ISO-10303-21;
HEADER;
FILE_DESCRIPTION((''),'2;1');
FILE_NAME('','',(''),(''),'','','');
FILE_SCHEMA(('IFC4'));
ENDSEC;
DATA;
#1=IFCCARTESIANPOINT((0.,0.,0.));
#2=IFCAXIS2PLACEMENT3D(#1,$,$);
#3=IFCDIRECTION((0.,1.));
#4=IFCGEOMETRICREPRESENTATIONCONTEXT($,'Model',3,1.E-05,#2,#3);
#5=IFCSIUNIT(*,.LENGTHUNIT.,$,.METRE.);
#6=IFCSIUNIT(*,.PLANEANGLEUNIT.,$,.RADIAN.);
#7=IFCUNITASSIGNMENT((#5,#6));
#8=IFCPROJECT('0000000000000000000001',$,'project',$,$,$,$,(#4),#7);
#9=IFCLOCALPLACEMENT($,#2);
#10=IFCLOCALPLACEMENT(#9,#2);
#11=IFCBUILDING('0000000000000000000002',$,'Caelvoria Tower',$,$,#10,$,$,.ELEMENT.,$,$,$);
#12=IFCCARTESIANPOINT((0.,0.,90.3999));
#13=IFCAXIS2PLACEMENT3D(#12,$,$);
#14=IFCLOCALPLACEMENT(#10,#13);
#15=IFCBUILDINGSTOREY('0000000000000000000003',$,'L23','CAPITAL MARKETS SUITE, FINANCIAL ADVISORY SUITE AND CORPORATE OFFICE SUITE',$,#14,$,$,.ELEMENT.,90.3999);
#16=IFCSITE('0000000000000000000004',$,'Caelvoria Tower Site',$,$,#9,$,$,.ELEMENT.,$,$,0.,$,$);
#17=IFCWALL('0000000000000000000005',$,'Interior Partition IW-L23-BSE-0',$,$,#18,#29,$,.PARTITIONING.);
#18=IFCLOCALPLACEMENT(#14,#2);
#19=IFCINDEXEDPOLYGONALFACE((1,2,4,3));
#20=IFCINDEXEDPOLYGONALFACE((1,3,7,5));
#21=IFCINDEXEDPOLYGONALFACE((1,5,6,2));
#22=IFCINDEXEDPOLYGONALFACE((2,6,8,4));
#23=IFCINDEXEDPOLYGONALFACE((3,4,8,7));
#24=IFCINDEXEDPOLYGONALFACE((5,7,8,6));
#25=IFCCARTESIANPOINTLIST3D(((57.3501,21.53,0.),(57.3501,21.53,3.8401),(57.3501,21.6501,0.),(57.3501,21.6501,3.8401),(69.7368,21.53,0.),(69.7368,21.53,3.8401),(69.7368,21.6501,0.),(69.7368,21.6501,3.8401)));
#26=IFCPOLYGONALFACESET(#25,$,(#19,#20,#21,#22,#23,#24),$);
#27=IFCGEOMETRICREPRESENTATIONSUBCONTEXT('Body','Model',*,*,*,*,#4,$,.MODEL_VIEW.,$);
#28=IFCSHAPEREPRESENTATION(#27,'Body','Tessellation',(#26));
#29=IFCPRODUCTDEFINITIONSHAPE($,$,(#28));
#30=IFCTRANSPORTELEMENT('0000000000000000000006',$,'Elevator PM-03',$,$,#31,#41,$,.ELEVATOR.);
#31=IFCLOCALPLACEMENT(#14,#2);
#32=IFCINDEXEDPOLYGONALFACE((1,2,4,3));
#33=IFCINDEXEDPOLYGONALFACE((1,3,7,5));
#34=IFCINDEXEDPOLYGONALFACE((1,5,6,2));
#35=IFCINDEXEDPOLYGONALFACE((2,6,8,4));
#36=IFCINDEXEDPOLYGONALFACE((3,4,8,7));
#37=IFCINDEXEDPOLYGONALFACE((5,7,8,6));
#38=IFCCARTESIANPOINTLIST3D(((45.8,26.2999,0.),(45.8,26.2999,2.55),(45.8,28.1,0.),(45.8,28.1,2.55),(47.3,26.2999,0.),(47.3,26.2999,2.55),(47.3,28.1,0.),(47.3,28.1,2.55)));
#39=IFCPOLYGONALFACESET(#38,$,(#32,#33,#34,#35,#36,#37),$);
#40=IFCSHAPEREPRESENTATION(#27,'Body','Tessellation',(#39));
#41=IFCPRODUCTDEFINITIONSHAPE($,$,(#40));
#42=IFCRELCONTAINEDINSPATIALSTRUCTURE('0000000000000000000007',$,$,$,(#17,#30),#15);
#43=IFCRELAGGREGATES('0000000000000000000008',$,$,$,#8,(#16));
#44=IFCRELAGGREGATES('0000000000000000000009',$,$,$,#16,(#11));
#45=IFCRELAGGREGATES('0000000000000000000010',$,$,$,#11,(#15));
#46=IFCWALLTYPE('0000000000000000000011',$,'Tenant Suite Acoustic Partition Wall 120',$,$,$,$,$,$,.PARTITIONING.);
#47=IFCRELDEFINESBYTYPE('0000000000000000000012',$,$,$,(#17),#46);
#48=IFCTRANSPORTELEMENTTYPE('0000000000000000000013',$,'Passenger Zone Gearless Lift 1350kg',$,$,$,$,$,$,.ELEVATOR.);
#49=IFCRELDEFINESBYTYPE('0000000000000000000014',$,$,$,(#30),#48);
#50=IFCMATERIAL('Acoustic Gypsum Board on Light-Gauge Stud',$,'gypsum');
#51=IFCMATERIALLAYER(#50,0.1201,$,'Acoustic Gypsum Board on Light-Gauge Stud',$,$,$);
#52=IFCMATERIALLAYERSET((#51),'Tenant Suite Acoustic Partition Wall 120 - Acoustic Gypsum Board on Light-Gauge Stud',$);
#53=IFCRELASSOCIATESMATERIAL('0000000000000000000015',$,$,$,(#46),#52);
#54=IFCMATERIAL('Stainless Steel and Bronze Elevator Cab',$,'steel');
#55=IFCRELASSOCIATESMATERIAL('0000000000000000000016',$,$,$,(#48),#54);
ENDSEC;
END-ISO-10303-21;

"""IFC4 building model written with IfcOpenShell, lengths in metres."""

from ifc_helpers import new_model, si_unit, direction, frame, frame_2d, origin, origin_2d, place, context, subcontext, project, spatial, rectangle, extrude, material, layer, layer_set, type_object, element, save


model = new_model("IFC4")

# Units and contexts
model_context = context("Model", 3, precision=1e-05, world=origin(), true_north=direction((0.0, 1.0)))
body_context = subcontext(model_context, "Body", "Model", "MODEL_VIEW")
ifc_project = project(units=[si_unit("LENGTHUNIT", "METRE"), si_unit("PLANEANGLEUNIT", "RADIAN")], contexts=[model_context])

# Site, building, storey
site_placement = place(None, origin())
site = spatial("IfcSite", under=ifc_project, at=site_placement, Name="Caelvoria Tower Site", CompositionType="ELEMENT", RefElevation=0.0)
building_placement = place(site_placement, origin())
building = spatial("IfcBuilding", under=site, at=building_placement, Name="Caelvoria Tower", CompositionType="ELEMENT")
storey_placement = place(building_placement, frame((0.0, 0.0, 90.3999)))
storey = spatial("IfcBuildingStorey", under=building, at=storey_placement, Name="L23", Description="CAPITAL MARKETS SUITE, FINANCIAL ADVISORY SUITE AND CORPORATE OFFICE SUITE", CompositionType="ELEMENT", Elevation=90.3999)

# Shared definitions
ifc_material_1 = material(Name="Acoustic Gypsum Board on Light-Gauge Stud", Category="gypsum")
ifc_layer_1 = layer(ifc_material_1, 0.1201, Name="Acoustic Gypsum Board on Light-Gauge Stud")
ifc_layer_set_1 = layer_set([ifc_layer_1], Name="Tenant Suite Acoustic Partition Wall 120 - Acoustic Gypsum Board on Light-Gauge Stud")
wall_type_1 = type_object("IfcWallType", Name="Tenant Suite Acoustic Partition Wall 120", PredefinedType="PARTITIONING", material=ifc_layer_set_1)

# Wall
wall_1_placement = place(storey_placement, frame((57.3501, 21.5901, 0.0), z_axis=(0.0, 0.0, 1.0), x_axis=(1.0, 0.0, 0.0)))
element("IfcWall", 1, at=wall_1_placement, inside=storey, type_object=wall_type_1, Name="Interior Partition IW-L23-BSE-0", PredefinedType="PARTITIONING", context=body_context, shape_type="SweptSolid", body=[
    extrude(rectangle(XDim=12.3867, YDim=0.1201, at=frame_2d((6.1934, 0.0))), origin(), (0.0, 0.0, 1.0), 3.8401),
])

# Transport element
ifc_material_2 = material(Name="Stainless Steel and Bronze Elevator Cab", Category="steel")
transport_element_type = type_object("IfcTransportElementType", Name="Passenger Zone Gearless Lift 1350kg", PredefinedType="ELEVATOR", material=ifc_material_2)
transport_element_placement = place(storey_placement, frame((46.55, 27.2, 0.0), z_axis=(0.0, 0.0, 1.0), x_axis=(1.0, 0.0, 0.0)))
element("IfcTransportElement", 2, at=transport_element_placement, inside=storey, type_object=transport_element_type, Name="Elevator PM-03", PredefinedType="ELEVATOR", context=body_context, shape_type="SweptSolid", body=[
    extrude(rectangle(XDim=1.5, YDim=1.8, at=origin_2d()), origin(), (0.0, 0.0, 1.0), 2.55),
])

save(model, "model.ifc")
